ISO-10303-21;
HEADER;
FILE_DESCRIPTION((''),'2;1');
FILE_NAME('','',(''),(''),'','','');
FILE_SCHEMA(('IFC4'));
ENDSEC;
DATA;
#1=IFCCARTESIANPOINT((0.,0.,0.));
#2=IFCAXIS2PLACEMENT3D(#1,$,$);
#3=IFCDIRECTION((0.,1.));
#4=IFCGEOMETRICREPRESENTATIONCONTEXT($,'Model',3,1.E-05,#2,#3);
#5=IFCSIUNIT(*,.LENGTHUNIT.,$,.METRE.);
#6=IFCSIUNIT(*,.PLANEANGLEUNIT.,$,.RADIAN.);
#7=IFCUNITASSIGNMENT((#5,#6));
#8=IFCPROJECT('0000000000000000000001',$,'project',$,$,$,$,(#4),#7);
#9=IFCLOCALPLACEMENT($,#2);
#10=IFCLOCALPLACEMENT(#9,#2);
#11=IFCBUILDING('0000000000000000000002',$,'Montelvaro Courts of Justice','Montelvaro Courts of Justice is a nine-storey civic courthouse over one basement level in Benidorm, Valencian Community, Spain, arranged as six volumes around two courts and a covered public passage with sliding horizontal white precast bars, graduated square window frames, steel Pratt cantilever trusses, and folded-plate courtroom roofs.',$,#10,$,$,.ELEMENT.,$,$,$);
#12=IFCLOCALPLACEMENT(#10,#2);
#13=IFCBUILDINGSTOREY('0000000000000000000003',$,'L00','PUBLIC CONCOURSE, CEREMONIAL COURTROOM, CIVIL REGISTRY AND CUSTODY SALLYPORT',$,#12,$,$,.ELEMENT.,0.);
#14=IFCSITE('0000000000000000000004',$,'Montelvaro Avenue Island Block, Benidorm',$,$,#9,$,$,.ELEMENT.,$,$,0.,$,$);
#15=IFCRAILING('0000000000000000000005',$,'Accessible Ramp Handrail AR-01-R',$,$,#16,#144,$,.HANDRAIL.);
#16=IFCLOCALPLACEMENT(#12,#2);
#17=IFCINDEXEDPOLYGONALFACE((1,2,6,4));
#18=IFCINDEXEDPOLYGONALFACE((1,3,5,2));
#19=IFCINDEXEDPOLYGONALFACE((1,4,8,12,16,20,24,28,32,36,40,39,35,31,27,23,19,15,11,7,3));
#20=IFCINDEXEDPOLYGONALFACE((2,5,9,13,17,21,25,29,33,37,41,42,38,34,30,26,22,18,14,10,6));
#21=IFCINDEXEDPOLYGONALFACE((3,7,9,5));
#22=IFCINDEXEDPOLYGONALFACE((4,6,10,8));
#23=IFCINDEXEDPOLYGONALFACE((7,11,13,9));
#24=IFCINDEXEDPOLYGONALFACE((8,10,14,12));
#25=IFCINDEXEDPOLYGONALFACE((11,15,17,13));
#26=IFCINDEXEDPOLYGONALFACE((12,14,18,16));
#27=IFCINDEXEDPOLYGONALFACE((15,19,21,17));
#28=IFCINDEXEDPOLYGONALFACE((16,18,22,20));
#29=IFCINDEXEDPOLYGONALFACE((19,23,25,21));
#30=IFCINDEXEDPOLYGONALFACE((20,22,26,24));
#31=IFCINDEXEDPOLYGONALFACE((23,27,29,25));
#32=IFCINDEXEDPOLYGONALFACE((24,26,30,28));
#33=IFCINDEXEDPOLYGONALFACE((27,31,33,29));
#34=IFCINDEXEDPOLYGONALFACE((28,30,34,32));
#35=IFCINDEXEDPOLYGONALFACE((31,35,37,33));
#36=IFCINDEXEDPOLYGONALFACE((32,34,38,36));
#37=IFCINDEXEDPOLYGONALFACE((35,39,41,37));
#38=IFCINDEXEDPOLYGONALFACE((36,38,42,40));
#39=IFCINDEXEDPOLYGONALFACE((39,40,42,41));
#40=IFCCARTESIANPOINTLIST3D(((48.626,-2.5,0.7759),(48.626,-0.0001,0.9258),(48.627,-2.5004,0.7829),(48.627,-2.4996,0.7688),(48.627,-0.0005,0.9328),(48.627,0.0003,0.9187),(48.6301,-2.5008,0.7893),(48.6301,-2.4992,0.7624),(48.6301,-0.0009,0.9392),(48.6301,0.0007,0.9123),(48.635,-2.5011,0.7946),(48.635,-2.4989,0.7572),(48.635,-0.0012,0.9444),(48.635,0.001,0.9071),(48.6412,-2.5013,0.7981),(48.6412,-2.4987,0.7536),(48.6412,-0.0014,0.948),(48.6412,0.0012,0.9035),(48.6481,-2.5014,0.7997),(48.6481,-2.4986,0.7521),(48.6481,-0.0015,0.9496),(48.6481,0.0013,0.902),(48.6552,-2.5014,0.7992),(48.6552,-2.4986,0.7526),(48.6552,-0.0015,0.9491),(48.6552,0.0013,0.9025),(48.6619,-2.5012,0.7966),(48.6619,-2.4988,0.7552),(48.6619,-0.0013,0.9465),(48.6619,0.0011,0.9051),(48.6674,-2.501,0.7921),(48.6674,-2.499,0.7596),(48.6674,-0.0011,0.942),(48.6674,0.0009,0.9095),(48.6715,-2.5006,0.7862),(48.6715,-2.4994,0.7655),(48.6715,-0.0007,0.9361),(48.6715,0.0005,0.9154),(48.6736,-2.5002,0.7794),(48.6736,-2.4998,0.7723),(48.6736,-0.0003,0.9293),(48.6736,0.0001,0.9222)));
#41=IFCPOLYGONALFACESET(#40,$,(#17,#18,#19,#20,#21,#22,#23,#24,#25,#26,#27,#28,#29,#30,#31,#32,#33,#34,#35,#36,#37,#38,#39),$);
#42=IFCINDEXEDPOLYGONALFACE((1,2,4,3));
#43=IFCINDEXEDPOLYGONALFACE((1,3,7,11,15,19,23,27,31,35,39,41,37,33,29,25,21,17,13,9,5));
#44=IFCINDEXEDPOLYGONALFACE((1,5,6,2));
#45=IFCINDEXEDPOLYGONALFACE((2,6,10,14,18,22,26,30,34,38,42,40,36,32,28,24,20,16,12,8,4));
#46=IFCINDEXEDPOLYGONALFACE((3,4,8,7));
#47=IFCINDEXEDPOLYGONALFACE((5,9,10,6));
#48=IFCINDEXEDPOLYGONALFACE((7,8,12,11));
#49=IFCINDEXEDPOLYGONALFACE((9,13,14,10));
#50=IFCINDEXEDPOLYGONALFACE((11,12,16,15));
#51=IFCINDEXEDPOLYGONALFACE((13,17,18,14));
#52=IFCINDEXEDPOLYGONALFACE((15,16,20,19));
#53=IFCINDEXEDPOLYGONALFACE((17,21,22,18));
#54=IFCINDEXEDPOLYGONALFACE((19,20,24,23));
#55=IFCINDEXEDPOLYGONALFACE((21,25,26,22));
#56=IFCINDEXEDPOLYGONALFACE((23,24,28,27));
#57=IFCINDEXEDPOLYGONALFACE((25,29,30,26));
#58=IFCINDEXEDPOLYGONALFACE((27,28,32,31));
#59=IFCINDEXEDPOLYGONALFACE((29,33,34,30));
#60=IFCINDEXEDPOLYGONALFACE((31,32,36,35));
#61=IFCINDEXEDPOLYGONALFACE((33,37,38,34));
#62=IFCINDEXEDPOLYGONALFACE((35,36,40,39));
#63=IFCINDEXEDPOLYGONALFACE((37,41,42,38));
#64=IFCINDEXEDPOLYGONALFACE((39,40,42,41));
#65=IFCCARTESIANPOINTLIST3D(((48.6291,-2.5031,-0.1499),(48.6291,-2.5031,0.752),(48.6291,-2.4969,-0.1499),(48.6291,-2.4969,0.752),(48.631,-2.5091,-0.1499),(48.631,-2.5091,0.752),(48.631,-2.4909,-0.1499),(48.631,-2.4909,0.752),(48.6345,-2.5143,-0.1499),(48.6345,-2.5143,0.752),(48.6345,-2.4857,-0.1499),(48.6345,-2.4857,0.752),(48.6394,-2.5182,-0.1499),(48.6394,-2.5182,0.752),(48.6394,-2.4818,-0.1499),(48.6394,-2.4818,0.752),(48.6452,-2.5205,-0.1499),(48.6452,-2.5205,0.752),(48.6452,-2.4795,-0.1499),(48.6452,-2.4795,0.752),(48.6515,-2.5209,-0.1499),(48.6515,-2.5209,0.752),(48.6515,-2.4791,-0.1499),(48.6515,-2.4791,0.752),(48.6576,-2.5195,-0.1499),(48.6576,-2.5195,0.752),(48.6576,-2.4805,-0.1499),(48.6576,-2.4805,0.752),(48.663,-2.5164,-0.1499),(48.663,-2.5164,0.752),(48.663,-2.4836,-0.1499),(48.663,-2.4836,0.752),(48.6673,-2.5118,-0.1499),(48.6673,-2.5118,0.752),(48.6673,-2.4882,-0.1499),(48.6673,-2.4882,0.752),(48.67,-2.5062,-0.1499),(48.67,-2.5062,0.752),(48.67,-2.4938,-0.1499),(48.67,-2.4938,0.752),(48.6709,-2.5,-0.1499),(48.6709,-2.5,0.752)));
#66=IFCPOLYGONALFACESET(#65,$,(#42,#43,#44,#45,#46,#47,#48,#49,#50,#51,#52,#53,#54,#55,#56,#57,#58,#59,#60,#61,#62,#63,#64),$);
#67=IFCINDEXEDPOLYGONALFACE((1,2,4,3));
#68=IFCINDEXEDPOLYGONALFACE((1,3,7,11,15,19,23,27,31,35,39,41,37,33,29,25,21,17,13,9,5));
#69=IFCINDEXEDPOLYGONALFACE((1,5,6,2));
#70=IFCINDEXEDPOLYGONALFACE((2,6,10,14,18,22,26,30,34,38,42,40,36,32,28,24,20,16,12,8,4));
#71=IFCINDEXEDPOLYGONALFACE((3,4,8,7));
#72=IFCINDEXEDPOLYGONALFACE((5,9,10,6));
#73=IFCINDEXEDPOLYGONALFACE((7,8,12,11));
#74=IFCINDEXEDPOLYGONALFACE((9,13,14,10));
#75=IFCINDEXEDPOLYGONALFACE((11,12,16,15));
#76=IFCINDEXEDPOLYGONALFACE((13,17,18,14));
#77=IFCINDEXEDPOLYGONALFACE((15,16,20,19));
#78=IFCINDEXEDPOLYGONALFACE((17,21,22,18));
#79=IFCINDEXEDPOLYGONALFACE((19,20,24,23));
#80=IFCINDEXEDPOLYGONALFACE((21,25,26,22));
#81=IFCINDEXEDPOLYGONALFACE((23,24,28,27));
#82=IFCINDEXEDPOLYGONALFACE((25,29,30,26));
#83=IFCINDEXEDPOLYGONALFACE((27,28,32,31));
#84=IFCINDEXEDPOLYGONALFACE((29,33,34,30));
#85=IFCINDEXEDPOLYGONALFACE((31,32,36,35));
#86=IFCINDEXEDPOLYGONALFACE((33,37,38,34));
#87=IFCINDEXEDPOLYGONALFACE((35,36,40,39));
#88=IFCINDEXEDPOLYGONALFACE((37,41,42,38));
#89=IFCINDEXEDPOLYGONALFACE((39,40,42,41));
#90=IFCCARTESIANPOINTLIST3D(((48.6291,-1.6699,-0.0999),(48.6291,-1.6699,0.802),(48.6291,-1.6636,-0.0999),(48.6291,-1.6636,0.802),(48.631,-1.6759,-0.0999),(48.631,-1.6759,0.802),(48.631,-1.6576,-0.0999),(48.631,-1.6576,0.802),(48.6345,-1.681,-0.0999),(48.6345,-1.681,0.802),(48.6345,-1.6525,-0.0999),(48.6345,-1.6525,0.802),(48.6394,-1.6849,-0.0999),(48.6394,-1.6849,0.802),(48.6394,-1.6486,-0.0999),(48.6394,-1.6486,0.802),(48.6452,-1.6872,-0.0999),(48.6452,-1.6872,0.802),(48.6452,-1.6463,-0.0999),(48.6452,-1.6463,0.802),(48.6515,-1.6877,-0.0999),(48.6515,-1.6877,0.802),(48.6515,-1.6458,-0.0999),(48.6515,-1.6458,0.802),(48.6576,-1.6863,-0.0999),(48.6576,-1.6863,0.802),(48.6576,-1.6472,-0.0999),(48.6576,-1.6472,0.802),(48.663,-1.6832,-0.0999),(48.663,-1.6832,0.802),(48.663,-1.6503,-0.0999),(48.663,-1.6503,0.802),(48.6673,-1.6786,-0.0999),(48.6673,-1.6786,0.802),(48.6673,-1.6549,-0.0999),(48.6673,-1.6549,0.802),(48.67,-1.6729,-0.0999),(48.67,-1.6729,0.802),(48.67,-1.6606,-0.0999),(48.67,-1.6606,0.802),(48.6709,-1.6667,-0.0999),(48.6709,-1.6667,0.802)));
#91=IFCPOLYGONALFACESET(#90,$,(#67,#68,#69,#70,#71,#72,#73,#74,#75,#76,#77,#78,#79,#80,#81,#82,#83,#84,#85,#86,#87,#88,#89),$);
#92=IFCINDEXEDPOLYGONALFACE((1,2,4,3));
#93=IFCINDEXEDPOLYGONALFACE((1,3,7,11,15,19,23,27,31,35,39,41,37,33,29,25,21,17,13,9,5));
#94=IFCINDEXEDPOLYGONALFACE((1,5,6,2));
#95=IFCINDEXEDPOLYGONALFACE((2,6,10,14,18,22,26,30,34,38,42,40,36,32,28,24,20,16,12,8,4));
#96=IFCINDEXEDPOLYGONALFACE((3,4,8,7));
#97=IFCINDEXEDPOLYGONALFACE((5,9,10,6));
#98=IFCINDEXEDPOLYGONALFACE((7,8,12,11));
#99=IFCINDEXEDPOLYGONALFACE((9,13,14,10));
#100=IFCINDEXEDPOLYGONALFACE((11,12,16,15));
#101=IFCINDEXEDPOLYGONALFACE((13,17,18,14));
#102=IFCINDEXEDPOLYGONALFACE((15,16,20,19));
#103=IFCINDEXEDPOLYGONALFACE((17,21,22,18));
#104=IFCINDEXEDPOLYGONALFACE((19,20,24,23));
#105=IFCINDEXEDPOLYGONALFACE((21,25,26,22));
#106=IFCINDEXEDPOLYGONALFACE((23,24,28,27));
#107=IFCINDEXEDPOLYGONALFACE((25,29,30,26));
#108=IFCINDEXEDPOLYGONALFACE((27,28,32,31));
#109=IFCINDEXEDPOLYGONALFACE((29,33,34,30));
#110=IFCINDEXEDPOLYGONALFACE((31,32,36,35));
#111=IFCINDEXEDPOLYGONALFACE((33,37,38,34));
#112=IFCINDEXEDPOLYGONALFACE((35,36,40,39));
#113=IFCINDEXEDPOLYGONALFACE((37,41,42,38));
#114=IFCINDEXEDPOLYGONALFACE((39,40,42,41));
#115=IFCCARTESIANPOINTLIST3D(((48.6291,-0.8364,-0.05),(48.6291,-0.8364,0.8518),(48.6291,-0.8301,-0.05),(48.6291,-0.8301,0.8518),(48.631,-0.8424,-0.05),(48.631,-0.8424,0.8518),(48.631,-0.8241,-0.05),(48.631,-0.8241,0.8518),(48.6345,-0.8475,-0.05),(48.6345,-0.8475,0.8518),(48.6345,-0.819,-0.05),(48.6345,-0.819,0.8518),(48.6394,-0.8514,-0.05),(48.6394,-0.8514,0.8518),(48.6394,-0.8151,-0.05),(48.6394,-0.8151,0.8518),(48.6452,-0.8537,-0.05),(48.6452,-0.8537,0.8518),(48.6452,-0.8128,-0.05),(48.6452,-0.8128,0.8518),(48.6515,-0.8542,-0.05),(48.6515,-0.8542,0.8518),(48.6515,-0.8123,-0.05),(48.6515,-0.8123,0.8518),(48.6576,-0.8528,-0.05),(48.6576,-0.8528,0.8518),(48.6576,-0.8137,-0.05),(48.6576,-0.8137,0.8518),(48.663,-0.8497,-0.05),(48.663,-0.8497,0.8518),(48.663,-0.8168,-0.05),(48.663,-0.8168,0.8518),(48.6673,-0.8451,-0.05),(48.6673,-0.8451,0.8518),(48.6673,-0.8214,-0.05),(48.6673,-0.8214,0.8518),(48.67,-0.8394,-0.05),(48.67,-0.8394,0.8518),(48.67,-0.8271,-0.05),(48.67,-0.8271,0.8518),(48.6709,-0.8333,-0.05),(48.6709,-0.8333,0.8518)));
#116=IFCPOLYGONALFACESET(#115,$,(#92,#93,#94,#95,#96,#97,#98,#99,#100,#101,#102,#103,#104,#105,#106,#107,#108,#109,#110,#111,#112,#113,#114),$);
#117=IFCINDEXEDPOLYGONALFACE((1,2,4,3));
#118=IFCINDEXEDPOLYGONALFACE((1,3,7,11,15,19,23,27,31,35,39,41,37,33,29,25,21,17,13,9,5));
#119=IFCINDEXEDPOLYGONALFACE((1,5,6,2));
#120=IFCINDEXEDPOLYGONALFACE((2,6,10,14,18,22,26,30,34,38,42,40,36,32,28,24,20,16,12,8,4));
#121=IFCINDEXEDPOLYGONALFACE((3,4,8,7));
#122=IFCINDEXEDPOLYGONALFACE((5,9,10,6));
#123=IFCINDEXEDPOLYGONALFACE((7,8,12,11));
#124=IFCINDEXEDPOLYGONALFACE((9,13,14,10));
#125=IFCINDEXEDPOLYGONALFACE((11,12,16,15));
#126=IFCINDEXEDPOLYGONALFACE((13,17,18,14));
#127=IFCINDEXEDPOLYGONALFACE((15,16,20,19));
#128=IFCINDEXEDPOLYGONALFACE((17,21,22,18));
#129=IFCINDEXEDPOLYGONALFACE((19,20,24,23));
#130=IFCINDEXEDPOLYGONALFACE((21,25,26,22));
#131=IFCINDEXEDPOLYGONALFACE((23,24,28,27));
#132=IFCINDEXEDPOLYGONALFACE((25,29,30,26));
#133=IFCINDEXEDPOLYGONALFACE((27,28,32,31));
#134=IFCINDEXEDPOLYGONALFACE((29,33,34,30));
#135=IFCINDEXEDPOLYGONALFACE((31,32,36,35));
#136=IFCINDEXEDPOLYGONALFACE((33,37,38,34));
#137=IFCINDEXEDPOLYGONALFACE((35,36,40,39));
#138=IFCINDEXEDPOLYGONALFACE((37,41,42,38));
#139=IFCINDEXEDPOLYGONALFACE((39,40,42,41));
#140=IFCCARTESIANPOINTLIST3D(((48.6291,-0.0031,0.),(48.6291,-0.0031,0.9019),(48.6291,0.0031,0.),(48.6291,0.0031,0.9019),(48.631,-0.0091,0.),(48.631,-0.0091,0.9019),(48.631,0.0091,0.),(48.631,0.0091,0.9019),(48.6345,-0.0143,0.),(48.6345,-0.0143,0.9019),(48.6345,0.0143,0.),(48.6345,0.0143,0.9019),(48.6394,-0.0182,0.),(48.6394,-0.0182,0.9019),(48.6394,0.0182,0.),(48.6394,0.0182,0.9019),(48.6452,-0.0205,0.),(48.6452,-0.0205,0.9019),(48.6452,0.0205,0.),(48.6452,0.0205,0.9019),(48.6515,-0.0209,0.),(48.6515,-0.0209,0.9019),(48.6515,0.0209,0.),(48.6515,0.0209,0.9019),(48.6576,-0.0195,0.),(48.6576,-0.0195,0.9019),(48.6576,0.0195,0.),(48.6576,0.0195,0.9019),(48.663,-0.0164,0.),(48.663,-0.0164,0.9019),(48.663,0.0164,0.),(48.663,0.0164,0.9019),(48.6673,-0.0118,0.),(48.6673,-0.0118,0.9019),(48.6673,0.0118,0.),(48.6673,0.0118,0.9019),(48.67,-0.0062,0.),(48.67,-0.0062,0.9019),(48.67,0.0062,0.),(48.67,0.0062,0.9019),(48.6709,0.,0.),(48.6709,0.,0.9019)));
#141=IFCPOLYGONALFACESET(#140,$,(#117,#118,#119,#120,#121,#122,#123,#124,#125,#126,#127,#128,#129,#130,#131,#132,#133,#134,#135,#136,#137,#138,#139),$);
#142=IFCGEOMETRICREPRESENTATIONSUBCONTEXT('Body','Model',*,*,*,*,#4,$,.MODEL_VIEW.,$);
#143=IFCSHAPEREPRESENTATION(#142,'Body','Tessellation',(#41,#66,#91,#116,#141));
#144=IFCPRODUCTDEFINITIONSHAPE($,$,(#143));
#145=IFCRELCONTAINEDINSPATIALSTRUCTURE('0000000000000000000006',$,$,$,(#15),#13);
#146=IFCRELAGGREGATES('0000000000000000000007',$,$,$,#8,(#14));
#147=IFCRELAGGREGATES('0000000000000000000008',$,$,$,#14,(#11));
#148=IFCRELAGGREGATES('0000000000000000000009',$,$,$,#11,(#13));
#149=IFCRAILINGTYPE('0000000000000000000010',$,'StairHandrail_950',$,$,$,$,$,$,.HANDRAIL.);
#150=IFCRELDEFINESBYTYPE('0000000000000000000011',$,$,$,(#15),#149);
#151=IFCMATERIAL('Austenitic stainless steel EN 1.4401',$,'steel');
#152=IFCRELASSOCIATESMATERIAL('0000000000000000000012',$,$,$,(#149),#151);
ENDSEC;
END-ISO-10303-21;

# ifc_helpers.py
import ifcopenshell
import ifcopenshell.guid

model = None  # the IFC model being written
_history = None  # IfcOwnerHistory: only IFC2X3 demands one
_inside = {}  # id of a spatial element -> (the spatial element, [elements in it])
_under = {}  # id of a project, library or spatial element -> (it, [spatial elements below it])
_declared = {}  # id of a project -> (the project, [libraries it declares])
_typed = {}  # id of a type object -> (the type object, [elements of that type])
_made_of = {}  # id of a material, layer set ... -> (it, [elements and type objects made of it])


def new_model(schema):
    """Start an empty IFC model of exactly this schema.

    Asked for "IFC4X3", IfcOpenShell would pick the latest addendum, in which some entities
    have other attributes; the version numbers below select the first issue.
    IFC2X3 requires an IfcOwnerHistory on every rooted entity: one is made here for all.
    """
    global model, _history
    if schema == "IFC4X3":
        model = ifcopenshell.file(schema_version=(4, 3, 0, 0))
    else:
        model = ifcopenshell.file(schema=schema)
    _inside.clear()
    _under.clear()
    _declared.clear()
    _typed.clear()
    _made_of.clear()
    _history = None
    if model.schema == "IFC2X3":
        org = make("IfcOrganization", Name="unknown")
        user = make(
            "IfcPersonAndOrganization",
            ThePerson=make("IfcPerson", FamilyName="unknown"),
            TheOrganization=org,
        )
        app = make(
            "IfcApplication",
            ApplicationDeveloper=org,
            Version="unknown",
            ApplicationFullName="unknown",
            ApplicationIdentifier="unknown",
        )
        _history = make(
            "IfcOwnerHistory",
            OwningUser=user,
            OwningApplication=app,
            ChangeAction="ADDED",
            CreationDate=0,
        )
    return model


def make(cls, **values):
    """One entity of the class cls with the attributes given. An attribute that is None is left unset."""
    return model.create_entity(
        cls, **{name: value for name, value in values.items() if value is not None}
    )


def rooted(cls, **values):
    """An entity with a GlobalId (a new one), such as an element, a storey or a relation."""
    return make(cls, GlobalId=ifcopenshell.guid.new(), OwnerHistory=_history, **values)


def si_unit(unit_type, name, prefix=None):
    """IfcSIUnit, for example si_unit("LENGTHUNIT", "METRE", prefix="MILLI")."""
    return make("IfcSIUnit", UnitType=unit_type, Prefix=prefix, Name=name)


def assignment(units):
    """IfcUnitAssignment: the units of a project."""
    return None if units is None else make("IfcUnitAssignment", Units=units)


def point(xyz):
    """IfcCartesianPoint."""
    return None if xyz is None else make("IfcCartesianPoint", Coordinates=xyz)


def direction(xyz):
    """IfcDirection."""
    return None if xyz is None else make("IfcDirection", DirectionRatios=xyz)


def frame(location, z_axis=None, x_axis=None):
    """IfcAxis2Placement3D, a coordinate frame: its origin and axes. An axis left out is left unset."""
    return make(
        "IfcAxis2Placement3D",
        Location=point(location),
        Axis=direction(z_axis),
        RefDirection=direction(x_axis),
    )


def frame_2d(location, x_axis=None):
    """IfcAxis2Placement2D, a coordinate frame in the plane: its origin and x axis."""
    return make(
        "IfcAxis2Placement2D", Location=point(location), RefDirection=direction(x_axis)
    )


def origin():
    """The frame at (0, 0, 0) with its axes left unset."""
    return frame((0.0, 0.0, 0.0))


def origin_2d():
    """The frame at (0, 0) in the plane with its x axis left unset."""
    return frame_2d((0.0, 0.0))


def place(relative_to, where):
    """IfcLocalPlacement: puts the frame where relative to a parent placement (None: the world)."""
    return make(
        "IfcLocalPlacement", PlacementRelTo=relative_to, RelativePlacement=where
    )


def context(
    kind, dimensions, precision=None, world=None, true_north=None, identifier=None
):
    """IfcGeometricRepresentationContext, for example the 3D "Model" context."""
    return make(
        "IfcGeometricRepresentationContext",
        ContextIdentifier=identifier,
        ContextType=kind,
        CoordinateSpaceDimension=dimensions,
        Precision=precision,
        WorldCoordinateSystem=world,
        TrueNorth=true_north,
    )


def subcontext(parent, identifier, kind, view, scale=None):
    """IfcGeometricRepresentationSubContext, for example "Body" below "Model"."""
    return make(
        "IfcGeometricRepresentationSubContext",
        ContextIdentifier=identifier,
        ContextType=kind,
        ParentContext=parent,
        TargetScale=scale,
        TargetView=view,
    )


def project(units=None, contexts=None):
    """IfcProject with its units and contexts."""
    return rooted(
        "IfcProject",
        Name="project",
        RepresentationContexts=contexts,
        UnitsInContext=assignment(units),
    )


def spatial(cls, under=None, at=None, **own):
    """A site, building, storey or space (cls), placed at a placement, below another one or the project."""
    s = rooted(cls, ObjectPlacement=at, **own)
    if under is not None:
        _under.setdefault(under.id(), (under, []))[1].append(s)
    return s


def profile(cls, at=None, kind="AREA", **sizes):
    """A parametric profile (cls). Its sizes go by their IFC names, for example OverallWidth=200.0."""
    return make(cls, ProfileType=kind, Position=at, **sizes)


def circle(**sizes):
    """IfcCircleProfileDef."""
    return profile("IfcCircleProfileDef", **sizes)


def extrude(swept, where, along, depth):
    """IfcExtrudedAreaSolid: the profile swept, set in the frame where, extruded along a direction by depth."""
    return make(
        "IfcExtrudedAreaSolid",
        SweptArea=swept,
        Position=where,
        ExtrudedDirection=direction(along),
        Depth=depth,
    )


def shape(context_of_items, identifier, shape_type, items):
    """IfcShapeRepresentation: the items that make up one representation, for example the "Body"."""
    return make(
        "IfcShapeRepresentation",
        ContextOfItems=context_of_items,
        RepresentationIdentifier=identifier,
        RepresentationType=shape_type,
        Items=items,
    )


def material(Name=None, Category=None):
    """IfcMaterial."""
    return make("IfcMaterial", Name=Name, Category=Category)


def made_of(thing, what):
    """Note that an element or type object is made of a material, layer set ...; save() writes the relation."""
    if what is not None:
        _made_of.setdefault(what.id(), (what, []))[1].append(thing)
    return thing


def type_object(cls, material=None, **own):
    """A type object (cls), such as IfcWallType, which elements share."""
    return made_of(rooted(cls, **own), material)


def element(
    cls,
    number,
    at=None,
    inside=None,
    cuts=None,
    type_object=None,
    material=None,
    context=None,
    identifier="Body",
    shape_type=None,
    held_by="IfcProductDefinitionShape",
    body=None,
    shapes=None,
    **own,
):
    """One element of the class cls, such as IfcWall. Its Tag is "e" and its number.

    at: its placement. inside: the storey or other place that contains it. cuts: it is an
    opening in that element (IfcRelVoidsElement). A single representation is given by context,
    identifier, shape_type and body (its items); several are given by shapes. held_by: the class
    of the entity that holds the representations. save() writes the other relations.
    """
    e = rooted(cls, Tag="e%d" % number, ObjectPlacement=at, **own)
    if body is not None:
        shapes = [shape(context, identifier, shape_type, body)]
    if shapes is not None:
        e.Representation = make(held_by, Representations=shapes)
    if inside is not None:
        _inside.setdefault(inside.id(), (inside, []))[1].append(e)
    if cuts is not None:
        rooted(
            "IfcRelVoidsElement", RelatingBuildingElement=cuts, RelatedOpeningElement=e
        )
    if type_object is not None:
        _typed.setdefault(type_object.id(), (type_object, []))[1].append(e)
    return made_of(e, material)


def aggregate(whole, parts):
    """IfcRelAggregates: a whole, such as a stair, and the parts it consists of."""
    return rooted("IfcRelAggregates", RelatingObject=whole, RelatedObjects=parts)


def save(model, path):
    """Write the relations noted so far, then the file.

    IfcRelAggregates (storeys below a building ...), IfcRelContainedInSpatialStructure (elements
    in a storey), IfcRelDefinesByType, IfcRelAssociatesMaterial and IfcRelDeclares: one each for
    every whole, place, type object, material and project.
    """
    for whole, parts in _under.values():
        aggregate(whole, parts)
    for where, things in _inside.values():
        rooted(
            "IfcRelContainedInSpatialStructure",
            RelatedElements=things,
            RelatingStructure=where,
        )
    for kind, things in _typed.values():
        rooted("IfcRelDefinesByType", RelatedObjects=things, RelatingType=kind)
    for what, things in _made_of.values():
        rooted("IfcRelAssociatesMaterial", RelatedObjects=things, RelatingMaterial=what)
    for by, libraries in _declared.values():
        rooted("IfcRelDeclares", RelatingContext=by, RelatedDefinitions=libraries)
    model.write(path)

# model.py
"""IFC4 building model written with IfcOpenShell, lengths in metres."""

from ifc_helpers import new_model, si_unit, direction, frame, origin, origin_2d, place, context, subcontext, project, spatial, circle, extrude, material, type_object, element, save


model = new_model("IFC4")

# Units and contexts
model_context = context("Model", 3, precision=1e-05, world=origin(), true_north=direction((0.0, 1.0)))
body_context = subcontext(model_context, "Body", "Model", "MODEL_VIEW")
ifc_project = project(units=[si_unit("LENGTHUNIT", "METRE"), si_unit("PLANEANGLEUNIT", "RADIAN")], contexts=[model_context])

# Site, building, storey
site_placement = place(None, origin())
site = spatial("IfcSite", under=ifc_project, at=site_placement, Name="Montelvaro Avenue Island Block, Benidorm", CompositionType="ELEMENT", RefElevation=0.0)
building_placement = place(site_placement, origin())
building = spatial("IfcBuilding", under=site, at=building_placement, Name="Montelvaro Courts of Justice", Description="Montelvaro Courts of Justice is a nine-storey civic courthouse over one basement level in Benidorm, Valencian Community, Spain, arranged as six volumes around two courts and a covered public passage with sliding horizontal white precast bars, graduated square window frames, steel Pratt cantilever trusses, and folded-plate courtroom roofs.", CompositionType="ELEMENT")
storey_placement = place(building_placement, origin())
storey = spatial("IfcBuildingStorey", under=building, at=storey_placement, Name="L00", Description="PUBLIC CONCOURSE, CEREMONIAL COURTROOM, CIVIL REGISTRY AND CUSTODY SALLYPORT", CompositionType="ELEMENT", Elevation=0.0)

# Railing
ifc_material_1 = material(Name="Austenitic stainless steel EN 1.4401", Category="steel")
railing_type_1 = type_object("IfcRailingType", Name="StairHandrail_950", PredefinedType="HANDRAIL", material=ifc_material_1)
for number, where, name in (
    (1, (48.6499, -2.5, -0.1499), "Accessible Ramp Handrail AR-01-R"),
):
    element("IfcRailing", number, at=place(storey_placement, frame(where)), inside=storey, type_object=railing_type_1, Name=name, PredefinedType="HANDRAIL", context=body_context, shape_type="SweptSolid", body=[
        extrude(circle(Radius=0.0239, at=origin_2d()), frame((0.0, 0.0, 0.9258), z_axis=(0.0, 0.998207, 0.059853), x_axis=(-1.0, 0.0, 0.0)), (0.0, 0.0, 1.0), 2.5044),
        extrude(circle(Radius=0.021, at=origin_2d()), origin(), (0.0, 0.0, 1.0), 0.9019),
        extrude(circle(Radius=0.021, at=origin_2d()), frame((0.0, 0.8333, 0.05)), (0.0, 0.0, 1.0), 0.9019),
        extrude(circle(Radius=0.021, at=origin_2d()), frame((0.0, 1.6667, 0.0999)), (0.0, 0.0, 1.0), 0.9019),
        extrude(circle(Radius=0.021, at=origin_2d()), frame((0.0, 2.5, 0.1499)), (0.0, 0.0, 1.0), 0.9019),
    ])

save(model, "model.ifc")
